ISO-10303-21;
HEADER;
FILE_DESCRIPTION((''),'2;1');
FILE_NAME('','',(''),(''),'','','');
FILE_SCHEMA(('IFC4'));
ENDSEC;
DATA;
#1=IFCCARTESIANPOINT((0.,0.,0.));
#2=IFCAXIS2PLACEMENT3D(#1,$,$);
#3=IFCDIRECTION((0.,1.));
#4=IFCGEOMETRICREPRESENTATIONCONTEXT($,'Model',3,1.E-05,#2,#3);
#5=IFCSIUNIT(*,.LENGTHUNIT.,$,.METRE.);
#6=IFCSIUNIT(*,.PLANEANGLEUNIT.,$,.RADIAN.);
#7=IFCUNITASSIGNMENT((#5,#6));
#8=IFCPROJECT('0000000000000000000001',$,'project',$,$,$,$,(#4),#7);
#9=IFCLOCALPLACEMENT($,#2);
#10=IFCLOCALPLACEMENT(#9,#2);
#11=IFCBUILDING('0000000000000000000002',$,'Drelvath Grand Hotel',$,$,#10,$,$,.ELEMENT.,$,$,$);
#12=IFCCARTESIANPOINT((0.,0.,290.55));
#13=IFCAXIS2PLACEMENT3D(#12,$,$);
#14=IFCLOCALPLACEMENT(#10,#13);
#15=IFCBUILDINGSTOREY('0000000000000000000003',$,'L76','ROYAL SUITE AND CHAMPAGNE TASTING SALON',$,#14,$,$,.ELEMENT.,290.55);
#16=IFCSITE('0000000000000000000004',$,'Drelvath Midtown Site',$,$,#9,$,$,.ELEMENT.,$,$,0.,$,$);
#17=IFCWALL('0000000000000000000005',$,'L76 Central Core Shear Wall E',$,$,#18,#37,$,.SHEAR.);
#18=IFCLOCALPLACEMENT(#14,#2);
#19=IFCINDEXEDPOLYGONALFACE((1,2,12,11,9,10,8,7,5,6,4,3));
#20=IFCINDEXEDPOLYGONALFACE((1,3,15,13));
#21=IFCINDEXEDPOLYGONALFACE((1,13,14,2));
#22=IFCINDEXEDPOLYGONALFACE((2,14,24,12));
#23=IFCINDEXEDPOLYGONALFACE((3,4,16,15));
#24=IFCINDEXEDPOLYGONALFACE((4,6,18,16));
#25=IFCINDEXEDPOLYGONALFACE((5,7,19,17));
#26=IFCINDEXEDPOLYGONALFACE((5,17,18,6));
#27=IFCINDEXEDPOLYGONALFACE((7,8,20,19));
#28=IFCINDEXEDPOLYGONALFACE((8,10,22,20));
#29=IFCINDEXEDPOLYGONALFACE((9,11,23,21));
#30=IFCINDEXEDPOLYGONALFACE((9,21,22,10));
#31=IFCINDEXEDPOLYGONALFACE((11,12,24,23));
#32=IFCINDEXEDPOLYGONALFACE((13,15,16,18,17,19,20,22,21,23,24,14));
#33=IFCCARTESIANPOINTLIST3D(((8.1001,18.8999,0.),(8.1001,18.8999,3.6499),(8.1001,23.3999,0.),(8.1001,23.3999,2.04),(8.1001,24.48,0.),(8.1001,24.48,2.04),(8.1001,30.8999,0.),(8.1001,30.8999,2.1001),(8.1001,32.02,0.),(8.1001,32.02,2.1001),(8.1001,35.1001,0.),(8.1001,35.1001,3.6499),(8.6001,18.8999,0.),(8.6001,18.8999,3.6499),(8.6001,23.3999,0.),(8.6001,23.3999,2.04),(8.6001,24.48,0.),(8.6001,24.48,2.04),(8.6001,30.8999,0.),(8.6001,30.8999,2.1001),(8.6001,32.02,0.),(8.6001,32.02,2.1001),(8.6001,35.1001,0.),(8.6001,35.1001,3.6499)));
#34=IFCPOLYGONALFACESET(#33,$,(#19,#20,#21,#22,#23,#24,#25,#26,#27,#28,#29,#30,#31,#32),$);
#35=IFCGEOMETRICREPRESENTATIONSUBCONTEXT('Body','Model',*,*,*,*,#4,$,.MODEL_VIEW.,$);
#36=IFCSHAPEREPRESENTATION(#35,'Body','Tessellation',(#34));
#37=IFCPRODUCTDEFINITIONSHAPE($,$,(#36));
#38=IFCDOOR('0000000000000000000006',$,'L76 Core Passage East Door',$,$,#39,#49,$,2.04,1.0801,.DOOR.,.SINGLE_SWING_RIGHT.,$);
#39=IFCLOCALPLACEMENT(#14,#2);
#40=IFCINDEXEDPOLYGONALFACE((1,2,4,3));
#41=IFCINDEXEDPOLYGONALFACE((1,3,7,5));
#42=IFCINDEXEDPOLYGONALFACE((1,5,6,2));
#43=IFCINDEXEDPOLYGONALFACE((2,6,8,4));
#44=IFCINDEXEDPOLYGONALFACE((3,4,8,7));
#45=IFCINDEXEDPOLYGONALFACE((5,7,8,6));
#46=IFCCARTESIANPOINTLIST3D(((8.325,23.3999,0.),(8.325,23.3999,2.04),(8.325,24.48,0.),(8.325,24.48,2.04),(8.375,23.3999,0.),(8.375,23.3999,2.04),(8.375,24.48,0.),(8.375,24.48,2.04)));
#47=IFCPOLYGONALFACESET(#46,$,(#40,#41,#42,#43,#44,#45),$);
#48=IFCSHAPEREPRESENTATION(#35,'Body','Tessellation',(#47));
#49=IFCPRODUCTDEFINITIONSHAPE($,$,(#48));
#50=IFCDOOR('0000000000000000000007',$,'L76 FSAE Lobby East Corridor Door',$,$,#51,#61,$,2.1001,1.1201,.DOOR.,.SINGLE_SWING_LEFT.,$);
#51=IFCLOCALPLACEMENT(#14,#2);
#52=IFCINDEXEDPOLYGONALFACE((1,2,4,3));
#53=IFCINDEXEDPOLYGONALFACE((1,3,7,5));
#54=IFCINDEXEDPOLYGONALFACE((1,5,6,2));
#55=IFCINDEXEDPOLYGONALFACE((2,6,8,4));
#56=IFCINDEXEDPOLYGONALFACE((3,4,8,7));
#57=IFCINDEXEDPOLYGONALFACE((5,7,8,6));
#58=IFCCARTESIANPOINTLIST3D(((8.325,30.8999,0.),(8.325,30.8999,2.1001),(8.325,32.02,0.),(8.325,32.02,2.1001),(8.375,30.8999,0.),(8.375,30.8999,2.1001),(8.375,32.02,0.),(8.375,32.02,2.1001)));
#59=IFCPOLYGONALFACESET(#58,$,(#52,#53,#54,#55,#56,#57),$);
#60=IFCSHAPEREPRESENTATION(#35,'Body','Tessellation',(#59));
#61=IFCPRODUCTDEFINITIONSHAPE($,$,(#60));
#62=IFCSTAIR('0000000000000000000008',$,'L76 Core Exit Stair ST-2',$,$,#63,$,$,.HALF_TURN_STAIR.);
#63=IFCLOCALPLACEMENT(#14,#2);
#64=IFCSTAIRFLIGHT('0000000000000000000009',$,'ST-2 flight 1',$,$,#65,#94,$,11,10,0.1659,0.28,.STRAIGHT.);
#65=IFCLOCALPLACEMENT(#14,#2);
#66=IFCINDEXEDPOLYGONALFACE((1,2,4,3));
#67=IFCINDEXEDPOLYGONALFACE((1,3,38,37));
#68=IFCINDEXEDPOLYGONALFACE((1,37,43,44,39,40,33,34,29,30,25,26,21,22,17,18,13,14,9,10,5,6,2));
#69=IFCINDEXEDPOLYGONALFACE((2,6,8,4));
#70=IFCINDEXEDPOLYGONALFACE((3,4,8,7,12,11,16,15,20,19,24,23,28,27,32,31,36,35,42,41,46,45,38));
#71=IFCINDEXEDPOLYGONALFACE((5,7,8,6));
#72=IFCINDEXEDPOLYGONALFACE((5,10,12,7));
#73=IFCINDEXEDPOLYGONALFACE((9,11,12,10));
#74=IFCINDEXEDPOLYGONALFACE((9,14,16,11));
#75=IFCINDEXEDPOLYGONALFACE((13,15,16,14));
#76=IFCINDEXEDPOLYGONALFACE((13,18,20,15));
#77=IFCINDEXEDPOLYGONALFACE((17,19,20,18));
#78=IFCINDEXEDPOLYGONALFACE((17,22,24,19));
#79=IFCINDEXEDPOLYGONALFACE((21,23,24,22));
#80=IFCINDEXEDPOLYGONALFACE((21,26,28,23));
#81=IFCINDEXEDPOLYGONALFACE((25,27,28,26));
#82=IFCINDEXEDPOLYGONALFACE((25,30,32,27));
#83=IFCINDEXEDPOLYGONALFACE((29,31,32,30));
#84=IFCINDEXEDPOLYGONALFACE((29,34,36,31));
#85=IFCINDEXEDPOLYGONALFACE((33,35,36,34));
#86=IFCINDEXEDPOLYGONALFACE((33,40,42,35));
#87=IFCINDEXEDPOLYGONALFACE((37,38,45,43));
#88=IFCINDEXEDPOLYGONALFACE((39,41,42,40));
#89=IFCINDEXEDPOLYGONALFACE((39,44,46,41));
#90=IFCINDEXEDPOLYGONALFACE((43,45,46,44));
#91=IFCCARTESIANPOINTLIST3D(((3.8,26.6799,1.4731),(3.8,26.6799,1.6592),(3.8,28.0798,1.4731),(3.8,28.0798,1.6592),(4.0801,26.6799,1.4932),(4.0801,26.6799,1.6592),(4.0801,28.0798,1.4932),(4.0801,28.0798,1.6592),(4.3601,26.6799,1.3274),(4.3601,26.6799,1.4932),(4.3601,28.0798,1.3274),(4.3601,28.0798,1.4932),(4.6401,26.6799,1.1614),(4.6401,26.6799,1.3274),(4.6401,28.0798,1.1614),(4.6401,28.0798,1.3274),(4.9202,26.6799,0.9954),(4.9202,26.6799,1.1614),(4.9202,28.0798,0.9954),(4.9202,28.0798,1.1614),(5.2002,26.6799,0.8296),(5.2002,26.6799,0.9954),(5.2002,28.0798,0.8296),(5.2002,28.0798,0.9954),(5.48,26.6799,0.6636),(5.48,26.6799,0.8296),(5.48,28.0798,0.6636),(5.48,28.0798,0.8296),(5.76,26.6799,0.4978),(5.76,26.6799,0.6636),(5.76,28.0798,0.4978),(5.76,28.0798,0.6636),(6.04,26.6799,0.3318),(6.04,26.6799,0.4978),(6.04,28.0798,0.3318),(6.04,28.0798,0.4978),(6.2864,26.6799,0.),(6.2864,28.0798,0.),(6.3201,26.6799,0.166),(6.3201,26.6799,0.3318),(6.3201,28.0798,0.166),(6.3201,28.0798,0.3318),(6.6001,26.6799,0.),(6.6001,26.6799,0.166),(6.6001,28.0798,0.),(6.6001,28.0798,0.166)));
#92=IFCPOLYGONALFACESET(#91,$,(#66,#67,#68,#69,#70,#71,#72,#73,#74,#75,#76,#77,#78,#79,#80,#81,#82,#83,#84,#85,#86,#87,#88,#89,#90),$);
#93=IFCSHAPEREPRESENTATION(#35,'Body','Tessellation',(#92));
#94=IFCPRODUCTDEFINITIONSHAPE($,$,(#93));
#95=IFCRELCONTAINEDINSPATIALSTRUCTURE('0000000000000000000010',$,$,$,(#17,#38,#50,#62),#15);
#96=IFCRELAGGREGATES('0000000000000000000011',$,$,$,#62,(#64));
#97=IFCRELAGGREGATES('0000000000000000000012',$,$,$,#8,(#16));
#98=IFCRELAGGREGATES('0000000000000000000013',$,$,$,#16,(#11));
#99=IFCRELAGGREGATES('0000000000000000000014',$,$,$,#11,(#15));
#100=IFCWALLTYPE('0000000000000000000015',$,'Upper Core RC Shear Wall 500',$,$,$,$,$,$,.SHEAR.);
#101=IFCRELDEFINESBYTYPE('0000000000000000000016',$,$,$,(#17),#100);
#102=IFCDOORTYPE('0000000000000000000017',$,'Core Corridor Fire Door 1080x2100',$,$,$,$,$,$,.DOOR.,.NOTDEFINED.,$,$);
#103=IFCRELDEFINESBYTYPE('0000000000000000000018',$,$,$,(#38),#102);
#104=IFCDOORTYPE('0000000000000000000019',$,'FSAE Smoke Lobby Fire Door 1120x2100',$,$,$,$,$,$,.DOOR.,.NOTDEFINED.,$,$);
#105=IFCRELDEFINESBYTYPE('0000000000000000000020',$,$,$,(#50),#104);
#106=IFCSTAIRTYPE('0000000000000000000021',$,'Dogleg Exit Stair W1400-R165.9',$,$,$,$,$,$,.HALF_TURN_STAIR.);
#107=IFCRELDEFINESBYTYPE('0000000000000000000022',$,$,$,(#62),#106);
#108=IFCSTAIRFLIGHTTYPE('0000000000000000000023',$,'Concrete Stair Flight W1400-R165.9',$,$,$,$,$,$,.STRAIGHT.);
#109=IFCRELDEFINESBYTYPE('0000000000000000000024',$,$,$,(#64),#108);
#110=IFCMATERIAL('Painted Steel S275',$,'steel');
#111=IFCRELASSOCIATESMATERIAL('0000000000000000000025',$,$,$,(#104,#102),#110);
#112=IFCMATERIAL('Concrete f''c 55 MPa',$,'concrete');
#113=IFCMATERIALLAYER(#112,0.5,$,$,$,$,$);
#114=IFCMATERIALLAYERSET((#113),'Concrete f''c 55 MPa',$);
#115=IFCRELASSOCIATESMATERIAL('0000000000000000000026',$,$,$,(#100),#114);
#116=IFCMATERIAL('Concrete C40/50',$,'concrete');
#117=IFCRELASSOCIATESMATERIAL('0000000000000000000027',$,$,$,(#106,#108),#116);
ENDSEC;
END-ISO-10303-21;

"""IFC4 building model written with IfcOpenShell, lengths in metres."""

from ifc_helpers import new_model, si_unit, direction, frame, frame_2d, origin, place, context, subcontext, project, spatial, polyline, rectangle, outline, extrude, material, layer, layer_set, type_object, element, fill, aggregate, save


model = new_model("IFC4")

# Units and contexts
model_context = context("Model", 3, precision=1e-05, world=origin(), true_north=direction((0.0, 1.0)))
body_context = subcontext(model_context, "Body", "Model", "MODEL_VIEW")
ifc_project = project(units=[si_unit("LENGTHUNIT", "METRE"), si_unit("PLANEANGLEUNIT", "RADIAN")], contexts=[model_context])

# Site, building, storey
site_placement = place(None, origin())
site = spatial("IfcSite", under=ifc_project, at=site_placement, Name="Drelvath Midtown Site", CompositionType="ELEMENT", RefElevation=0.0)
building_placement = place(site_placement, origin())
building = spatial("IfcBuilding", under=site, at=building_placement, Name="Drelvath Grand Hotel", CompositionType="ELEMENT")
storey_placement = place(building_placement, frame((0.0, 0.0, 290.55)))
storey = spatial("IfcBuildingStorey", under=building, at=storey_placement, Name="L76", Description="ROYAL SUITE AND CHAMPAGNE TASTING SALON", CompositionType="ELEMENT", Elevation=290.55)

# Shared definitions
ifc_material_1 = material(Name="Concrete f'c 55 MPa", Category="concrete")

# Shared definitions
ifc_material_2 = material(Name="Concrete C40/50", Category="concrete")

# Shared definitions
ifc_material_3 = material(Name="Painted Steel S275", Category="steel")

# Shared definitions
door_type_1 = type_object("IfcDoorType", Name="FSAE Smoke Lobby Fire Door 1120x2100", OperationType="NOTDEFINED", PredefinedType="DOOR", material=ifc_material_3)

# Wall, openings, doors
ifc_layer_1 = layer(ifc_material_1, 0.5)
ifc_layer_set_1 = layer_set([ifc_layer_1], Name="Concrete f'c 55 MPa")
wall_type_1 = type_object("IfcWallType", Name="Upper Core RC Shear Wall 500", PredefinedType="SHEAR", material=ifc_layer_set_1)
wall_1_placement = place(storey_placement, frame((8.3501, 35.1001, 0.0), z_axis=(0.0, 0.0, 1.0), x_axis=(0.0, -1.0, 0.0)))
wall_1 = element("IfcWall", 1, at=wall_1_placement, inside=storey, type_object=wall_type_1, Name="L76 Central Core Shear Wall E", PredefinedType="SHEAR", context=body_context, shape_type="SweptSolid", body=[
    extrude(rectangle(XDim=16.2002, YDim=0.5, at=frame_2d((8.1001, 0.0))), origin(), (0.0, 0.0, 1.0), 3.6499),
])
opening_1_placement = place(wall_1_placement, frame((3.0801, 0.0, 0.0)))
opening_1 = element("IfcOpeningElement", 2, at=opening_1_placement, cuts=wall_1, PredefinedType="OPENING", context=body_context, shape_type="SweptSolid", body=[
    extrude(rectangle(XDim=1.1201, YDim=2.1001, at=frame_2d((0.5601, 1.05))), frame((0.0, 0.26, 0.0), z_axis=(0.0, -1.0, 0.0), x_axis=(1.0, 0.0, 0.0)), (0.0, 0.0, 1.0), 0.52),
])
opening_2_placement = place(wall_1_placement, frame((10.6201, 0.0, 0.0)))
opening_2 = element("IfcOpeningElement", 3, at=opening_2_placement, cuts=wall_1, PredefinedType="OPENING", context=body_context, shape_type="SweptSolid", body=[
    extrude(rectangle(XDim=1.0801, YDim=2.04, at=frame_2d((0.54, 1.02))), frame((0.0, 0.26, 0.0), z_axis=(0.0, -1.0, 0.0), x_axis=(1.0, 0.0, 0.0)), (0.0, 0.0, 1.0), 0.52),
])
door_type_2 = type_object("IfcDoorType", Name="Core Corridor Fire Door 1080x2100", OperationType="NOTDEFINED", PredefinedType="DOOR", material=ifc_material_3)
door_1_placement = place(opening_2_placement, origin())
door_1 = element("IfcDoor", 4, at=door_1_placement, inside=storey, type_object=door_type_2, Name="L76 Core Passage East Door", OperationType="SINGLE_SWING_RIGHT", OverallHeight=2.04, OverallWidth=1.0801, PredefinedType="DOOR", context=body_context, shape_type="SweptSolid", body=[
    extrude(rectangle(XDim=1.0801, YDim=2.04, at=frame_2d((0.54, 1.02))), frame((0.0, 0.0249, 0.0), z_axis=(0.0, -1.0, 0.0), x_axis=(1.0, 0.0, 0.0)), (0.0, 0.0, 1.0), 0.05),
])
fill(opening_2, door_1)
door_2_placement = place(opening_1_placement, origin())
door_2 = element("IfcDoor", 5, at=door_2_placement, inside=storey, type_object=door_type_1, Name="L76 FSAE Lobby East Corridor Door", OperationType="SINGLE_SWING_LEFT", OverallHeight=2.1001, OverallWidth=1.1201, PredefinedType="DOOR", context=body_context, shape_type="SweptSolid", body=[
    extrude(rectangle(XDim=1.1201, YDim=2.1001, at=frame_2d((0.5601, 1.05))), frame((0.0, 0.0249, 0.0), z_axis=(0.0, -1.0, 0.0), x_axis=(1.0, 0.0, 0.0)), (0.0, 0.0, 1.0), 0.05),
])
fill(opening_1, door_2)

# Stair, stair flight
stair_type = type_object("IfcStairType", Name="Dogleg Exit Stair W1400-R165.9", PredefinedType="HALF_TURN_STAIR", material=ifc_material_2)
stair_placement = place(storey_placement, origin())
stair = element("IfcStair", 6, at=stair_placement, inside=storey, type_object=stair_type, Name="L76 Core Exit Stair ST-2", PredefinedType="HALF_TURN_STAIR")
stair_flight_type = type_object("IfcStairFlightType", Name="Concrete Stair Flight W1400-R165.9", PredefinedType="STRAIGHT", material=ifc_material_2)
stair_flight_placement = place(storey_placement, frame((6.6001, 27.3799, 0.0), z_axis=(0.0, 0.0, 1.0), x_axis=(-1.0, 0.0, 0.0)))
stair_flight = element("IfcStairFlight", 7, at=stair_flight_placement, type_object=stair_flight_type, Name="ST-2 flight 1", NumberOfRisers=11, NumberOfTreads=10, PredefinedType="STRAIGHT", RiserHeight=0.1659, TreadLength=0.28, context=body_context, shape_type="SweptSolid", body=[
    extrude(outline(polyline([(0.0, 0.0), (0.0, 0.166), (0.28, 0.166), (0.28, 0.3318), (0.5601, 0.3318), (0.5601, 0.4978), (0.8401, 0.4978), (0.8401, 0.6636), (1.1201, 0.6636), (1.1201, 0.8296), (1.3999, 0.8296), (1.3999, 0.9954), (1.6799, 0.9954), (1.6799, 1.1614), (1.96, 1.1614), (1.96, 1.3274), (2.24, 1.3274), (2.24, 1.4932), (2.52, 1.4932), (2.52, 1.6592), (2.8, 1.6592), (2.8, 1.825), (2.8, 1.4731), (0.3137, 0.0), (0.0, 0.0)])), frame((0.0, 0.7, 0.0), z_axis=(0.0, -1.0, 0.0), x_axis=(1.0, 0.0, 0.0)), (0.0, 0.0, 1.0), 1.3999),
])
aggregate(stair, [stair_flight])

save(model, "model.ifc")
